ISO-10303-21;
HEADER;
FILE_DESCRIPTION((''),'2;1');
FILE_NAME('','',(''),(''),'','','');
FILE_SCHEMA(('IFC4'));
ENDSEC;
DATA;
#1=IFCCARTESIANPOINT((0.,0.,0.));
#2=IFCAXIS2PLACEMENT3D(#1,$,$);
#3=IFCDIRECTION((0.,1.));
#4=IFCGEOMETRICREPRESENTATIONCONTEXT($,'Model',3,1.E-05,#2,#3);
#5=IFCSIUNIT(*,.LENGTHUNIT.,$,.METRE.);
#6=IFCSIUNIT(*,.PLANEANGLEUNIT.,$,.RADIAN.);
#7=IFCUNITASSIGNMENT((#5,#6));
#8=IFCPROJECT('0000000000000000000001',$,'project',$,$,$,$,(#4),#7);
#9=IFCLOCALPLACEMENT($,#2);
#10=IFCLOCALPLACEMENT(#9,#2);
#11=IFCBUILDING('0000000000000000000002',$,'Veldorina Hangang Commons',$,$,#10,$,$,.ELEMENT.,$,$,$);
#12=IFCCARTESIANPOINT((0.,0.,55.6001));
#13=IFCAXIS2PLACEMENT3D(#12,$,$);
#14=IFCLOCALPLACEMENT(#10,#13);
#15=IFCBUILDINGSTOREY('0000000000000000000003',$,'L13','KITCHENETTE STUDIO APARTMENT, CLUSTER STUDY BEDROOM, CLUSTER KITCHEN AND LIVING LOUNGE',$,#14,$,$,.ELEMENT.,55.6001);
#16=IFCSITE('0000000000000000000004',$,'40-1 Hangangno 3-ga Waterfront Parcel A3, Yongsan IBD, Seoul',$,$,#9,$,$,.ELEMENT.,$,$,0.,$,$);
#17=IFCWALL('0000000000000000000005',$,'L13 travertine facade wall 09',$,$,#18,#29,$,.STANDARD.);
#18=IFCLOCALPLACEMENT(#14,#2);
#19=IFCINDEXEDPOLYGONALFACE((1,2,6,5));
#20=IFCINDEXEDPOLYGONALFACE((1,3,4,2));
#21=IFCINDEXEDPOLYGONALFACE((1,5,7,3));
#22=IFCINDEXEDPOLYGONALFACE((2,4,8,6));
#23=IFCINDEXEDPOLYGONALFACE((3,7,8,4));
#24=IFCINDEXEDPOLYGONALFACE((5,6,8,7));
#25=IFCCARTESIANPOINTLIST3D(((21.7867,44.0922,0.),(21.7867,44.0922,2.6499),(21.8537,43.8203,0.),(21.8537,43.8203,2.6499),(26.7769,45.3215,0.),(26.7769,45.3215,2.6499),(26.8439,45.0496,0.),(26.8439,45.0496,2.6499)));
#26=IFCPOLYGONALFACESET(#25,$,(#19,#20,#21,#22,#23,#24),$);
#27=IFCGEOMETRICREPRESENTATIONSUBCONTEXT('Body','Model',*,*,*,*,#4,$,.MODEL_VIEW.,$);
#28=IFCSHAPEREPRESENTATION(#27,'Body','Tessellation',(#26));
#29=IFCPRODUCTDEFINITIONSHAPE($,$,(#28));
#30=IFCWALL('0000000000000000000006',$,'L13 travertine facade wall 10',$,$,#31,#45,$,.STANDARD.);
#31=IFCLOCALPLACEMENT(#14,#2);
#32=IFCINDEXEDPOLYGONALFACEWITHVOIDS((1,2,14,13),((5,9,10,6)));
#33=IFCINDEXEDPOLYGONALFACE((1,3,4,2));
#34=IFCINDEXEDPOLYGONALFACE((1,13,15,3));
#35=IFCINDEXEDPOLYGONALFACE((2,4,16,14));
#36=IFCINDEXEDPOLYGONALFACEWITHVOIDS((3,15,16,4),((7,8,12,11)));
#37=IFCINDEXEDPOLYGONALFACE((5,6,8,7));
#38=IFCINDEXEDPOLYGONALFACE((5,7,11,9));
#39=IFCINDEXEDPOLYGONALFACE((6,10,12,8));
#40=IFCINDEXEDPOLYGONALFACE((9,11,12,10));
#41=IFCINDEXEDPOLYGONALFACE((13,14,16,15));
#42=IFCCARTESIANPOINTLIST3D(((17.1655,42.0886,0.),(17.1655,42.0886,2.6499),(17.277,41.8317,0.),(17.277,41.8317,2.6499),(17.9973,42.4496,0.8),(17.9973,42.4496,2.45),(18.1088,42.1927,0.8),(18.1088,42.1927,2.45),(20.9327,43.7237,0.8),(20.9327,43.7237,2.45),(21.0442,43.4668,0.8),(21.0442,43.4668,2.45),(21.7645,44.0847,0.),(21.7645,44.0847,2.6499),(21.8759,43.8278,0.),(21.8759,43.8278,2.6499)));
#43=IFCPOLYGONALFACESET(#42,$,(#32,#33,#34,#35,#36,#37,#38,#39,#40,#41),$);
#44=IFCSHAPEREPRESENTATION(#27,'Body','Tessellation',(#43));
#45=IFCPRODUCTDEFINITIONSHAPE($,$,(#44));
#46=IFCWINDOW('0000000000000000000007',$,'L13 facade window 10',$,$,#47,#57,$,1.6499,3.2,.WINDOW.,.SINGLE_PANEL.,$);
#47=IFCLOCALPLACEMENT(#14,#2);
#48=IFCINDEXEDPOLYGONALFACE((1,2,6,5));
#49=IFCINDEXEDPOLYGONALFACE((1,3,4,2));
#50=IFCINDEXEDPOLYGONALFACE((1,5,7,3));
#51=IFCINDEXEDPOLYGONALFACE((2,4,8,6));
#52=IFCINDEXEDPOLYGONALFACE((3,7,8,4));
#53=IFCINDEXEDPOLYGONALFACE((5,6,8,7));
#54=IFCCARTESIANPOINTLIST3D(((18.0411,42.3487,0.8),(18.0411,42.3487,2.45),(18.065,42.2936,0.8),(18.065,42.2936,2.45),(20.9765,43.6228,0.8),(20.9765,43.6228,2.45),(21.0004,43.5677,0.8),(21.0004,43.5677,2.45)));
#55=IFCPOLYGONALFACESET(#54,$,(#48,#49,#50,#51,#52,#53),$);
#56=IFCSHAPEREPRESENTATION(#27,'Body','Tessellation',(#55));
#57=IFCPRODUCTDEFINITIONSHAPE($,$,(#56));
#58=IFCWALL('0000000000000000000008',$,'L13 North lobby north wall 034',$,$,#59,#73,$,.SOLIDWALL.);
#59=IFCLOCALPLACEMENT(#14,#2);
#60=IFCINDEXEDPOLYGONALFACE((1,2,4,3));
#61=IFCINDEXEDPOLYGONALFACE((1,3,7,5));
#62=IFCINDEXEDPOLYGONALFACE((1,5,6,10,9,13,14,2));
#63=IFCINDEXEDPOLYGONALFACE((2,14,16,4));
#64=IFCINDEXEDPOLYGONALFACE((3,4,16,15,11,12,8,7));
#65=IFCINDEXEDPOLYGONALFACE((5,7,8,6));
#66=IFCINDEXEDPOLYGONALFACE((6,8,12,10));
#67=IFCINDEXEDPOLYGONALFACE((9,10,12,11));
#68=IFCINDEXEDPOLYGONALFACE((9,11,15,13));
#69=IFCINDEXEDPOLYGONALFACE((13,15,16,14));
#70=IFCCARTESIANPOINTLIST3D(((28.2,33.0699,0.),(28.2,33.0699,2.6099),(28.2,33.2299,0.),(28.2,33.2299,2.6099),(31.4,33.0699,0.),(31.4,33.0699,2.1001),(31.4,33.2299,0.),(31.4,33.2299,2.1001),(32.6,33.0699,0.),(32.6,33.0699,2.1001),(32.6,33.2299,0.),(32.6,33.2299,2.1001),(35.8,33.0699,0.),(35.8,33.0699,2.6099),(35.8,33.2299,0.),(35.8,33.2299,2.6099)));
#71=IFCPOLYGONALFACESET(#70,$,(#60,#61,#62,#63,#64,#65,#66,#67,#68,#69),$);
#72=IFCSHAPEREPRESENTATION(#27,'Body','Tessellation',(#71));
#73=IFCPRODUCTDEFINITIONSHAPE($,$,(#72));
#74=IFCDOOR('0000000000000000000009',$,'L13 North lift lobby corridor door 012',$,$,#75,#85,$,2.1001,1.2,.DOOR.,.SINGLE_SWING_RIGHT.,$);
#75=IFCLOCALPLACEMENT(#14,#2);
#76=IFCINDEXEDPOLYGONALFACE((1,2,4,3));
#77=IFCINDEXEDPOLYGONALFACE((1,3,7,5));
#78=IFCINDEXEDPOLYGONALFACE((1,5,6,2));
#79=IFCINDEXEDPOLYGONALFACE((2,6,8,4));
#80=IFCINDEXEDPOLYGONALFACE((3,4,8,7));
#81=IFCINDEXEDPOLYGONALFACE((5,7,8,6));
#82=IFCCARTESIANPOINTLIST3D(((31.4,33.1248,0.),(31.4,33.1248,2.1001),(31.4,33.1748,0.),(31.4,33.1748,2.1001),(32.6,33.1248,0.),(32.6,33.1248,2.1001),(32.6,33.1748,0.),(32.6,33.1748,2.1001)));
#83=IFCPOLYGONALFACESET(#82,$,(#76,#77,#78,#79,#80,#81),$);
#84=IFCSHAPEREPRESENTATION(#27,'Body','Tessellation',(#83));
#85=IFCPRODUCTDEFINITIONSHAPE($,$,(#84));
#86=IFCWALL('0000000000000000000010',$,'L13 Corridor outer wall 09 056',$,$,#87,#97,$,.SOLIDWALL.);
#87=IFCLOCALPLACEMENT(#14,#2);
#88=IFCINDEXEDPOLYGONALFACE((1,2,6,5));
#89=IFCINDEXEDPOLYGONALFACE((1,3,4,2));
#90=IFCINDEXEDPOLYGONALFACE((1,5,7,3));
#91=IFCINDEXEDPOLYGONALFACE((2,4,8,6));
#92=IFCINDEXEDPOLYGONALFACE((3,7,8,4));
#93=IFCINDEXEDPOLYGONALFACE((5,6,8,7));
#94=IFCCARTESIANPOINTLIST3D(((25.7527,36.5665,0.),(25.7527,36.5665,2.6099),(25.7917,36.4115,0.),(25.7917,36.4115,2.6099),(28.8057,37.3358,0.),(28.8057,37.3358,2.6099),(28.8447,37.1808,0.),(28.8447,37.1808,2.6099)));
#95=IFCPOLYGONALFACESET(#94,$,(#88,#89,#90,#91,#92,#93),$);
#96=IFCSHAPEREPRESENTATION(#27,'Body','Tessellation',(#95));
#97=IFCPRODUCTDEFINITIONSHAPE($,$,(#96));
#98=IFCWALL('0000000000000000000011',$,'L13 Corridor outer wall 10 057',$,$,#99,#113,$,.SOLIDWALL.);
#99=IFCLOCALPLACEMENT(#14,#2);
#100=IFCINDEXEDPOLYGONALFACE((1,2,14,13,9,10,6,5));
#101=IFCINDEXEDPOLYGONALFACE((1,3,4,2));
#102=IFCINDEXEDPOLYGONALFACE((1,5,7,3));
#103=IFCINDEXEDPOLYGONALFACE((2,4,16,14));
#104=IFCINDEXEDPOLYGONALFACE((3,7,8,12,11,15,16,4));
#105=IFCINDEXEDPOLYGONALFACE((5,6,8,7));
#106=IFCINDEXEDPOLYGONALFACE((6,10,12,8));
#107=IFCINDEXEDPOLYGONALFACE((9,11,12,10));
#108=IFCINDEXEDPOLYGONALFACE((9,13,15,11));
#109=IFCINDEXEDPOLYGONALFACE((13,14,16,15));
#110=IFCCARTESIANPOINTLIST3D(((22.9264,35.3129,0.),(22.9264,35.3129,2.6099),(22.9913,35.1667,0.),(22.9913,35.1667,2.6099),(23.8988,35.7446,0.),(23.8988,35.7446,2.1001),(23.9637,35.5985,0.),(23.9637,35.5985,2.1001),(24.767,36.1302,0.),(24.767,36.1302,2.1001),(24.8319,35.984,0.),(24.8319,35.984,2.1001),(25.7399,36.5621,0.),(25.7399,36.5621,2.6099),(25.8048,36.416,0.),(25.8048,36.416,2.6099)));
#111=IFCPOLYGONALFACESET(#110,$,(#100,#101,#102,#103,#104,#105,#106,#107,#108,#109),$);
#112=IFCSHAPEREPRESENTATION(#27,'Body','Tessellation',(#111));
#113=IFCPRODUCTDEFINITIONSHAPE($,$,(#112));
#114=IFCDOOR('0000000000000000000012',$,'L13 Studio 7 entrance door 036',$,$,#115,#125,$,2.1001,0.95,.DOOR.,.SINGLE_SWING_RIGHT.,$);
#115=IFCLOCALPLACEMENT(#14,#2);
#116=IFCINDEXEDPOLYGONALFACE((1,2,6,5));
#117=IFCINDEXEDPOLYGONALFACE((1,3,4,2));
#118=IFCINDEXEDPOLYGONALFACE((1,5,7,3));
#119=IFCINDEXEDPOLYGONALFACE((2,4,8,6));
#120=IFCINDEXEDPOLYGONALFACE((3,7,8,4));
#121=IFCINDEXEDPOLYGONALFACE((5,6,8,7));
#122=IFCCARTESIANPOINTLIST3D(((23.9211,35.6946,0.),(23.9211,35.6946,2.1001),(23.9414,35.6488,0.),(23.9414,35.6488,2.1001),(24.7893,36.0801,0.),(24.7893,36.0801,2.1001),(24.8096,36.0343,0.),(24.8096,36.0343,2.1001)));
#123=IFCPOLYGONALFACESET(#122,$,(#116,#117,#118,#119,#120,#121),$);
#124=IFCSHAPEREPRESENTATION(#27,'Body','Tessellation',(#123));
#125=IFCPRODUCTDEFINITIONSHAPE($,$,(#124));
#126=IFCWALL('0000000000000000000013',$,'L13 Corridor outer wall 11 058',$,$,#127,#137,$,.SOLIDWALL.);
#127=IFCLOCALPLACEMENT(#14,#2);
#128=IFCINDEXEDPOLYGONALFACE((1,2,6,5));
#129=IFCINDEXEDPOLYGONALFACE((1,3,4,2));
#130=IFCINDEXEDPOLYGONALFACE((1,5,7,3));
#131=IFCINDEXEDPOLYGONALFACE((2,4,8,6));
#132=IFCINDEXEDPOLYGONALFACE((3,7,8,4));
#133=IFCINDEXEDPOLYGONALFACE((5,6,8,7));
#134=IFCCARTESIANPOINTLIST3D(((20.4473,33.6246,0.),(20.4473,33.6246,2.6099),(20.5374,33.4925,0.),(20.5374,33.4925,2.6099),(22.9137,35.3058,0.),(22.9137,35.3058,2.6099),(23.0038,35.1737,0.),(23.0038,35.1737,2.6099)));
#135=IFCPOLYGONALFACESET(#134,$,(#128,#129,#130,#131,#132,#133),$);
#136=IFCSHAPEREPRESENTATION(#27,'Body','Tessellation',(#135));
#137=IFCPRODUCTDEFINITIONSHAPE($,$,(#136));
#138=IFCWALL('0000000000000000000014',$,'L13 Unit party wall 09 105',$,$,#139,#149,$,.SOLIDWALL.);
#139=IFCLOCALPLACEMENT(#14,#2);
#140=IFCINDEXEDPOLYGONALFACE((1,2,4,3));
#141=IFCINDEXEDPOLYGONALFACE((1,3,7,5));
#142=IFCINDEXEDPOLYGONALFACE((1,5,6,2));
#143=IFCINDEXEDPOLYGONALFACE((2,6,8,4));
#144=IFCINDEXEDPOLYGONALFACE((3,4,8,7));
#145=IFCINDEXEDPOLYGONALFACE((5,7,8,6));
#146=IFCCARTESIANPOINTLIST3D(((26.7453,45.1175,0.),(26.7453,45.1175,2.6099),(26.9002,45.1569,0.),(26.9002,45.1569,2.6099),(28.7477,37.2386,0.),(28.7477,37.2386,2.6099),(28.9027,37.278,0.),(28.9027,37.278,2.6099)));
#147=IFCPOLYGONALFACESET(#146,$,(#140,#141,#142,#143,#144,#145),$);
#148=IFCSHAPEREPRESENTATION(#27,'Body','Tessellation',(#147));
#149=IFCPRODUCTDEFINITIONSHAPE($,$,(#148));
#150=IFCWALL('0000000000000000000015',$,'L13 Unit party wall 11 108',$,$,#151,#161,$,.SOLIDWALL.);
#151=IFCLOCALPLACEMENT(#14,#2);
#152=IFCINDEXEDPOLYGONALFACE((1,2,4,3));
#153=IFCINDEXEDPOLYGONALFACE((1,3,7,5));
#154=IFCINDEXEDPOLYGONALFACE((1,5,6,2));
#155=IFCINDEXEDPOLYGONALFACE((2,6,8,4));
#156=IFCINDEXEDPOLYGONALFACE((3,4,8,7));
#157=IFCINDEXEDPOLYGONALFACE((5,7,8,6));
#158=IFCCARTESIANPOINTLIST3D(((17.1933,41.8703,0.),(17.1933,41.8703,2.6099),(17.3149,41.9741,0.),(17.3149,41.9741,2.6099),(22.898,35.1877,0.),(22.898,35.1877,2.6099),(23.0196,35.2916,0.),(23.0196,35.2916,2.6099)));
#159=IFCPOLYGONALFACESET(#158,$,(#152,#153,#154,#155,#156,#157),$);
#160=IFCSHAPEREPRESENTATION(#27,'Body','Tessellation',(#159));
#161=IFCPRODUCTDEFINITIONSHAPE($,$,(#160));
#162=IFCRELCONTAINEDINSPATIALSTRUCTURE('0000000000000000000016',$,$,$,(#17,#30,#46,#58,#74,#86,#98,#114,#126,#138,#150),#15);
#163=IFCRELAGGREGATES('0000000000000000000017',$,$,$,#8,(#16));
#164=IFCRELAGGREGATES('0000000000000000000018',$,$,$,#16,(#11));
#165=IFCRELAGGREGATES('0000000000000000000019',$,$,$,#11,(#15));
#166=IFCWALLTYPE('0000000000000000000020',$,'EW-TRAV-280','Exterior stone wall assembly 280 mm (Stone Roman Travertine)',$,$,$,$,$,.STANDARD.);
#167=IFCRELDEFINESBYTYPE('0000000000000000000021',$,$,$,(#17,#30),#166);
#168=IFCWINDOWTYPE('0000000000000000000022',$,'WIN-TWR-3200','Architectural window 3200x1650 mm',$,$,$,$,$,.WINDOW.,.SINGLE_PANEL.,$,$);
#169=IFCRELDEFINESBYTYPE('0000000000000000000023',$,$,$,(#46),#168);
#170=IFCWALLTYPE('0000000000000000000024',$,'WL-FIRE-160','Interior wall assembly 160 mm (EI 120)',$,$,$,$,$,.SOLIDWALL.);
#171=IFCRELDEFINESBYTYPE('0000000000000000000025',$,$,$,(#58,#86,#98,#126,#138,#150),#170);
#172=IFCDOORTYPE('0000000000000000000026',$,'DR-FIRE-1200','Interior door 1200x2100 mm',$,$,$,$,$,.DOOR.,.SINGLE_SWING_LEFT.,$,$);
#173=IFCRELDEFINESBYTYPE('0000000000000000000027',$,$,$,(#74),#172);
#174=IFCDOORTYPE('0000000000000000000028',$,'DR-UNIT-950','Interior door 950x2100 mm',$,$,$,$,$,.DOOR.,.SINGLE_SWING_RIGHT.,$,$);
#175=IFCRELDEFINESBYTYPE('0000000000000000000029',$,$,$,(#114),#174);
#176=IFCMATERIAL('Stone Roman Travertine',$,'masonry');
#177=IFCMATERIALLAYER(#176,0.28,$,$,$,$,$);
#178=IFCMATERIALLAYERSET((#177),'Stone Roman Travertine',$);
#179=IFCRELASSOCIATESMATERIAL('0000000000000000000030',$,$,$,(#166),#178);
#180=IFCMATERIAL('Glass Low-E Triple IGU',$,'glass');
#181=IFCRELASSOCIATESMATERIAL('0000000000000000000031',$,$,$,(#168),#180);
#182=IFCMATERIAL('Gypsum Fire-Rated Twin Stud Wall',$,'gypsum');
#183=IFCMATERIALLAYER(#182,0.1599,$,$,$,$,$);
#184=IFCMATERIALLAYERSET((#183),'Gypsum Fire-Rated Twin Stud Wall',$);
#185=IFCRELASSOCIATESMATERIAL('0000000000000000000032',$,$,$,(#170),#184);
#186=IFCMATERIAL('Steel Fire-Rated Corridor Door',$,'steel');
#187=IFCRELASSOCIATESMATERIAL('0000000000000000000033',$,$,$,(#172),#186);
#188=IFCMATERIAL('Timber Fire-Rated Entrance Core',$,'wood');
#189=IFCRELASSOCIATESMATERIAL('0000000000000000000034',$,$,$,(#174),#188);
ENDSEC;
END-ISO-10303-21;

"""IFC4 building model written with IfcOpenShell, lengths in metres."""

from ifc_helpers import new_model, si_unit, direction, frame, frame_2d, origin, place, context, subcontext, project, spatial, rectangle, extrude, material, layer, layer_set, type_object, element, fill, save


model = new_model("IFC4")

# Units and contexts
model_context = context("Model", 3, precision=1e-05, world=origin(), true_north=direction((0.0, 1.0)))
body_context = subcontext(model_context, "Body", "Model", "MODEL_VIEW")
ifc_project = project(units=[si_unit("LENGTHUNIT", "METRE"), si_unit("PLANEANGLEUNIT", "RADIAN")], contexts=[model_context])

# Site, building, storey
site_placement = place(None, origin())
site = spatial("IfcSite", under=ifc_project, at=site_placement, Name="40-1 Hangangno 3-ga Waterfront Parcel A3, Yongsan IBD, Seoul", CompositionType="ELEMENT", RefElevation=0.0)
building_placement = place(site_placement, origin())
building = spatial("IfcBuilding", under=site, at=building_placement, Name="Veldorina Hangang Commons", CompositionType="ELEMENT")
storey_placement = place(building_placement, frame((0.0, 0.0, 55.6001)))
storey = spatial("IfcBuildingStorey", under=building, at=storey_placement, Name="L13", Description="KITCHENETTE STUDIO APARTMENT, CLUSTER STUDY BEDROOM, CLUSTER KITCHEN AND LIVING LOUNGE", CompositionType="ELEMENT", Elevation=55.6001)

# Wall
ifc_material_1 = material(Name="Stone Roman Travertine", Category="masonry")
ifc_layer_1 = layer(ifc_material_1, 0.28)
ifc_layer_set_1 = layer_set([ifc_layer_1], Name="Stone Roman Travertine")
wall_type_1 = type_object("IfcWallType", Name="EW-TRAV-280", Description="Exterior stone wall assembly 280 mm (Stone Roman Travertine)", PredefinedType="STANDARD", material=ifc_layer_set_1)
wall_1_placement = place(storey_placement, frame((26.8105, 45.1855, 0.0), z_axis=(0.0, 0.0, 1.0), x_axis=(-0.970975, -0.239181, 0.0)))
element("IfcWall", 1, at=wall_1_placement, inside=storey, type_object=wall_type_1, Name="L13 travertine facade wall 09", PredefinedType="STANDARD", context=body_context, shape_type="SweptSolid", body=[
    extrude(rectangle(XDim=5.1394, YDim=0.28, at=frame_2d((2.5698, 0.0))), origin(), (0.0, 0.0, 1.0), 2.6499),
])

# Wall, opening, window
wall_2_placement = place(storey_placement, frame((21.8203, 43.9563, 0.0), z_axis=(0.0, 0.0, 1.0), x_axis=(-0.917319, -0.398153, 0.0)))
wall_2 = element("IfcWall", 2, at=wall_2_placement, inside=storey, type_object=wall_type_1, Name="L13 travertine facade wall 10", PredefinedType="STANDARD", context=body_context, shape_type="SweptSolid", body=[
    extrude(rectangle(XDim=5.0134, YDim=0.28, at=frame_2d((2.5068, 0.0))), origin(), (0.0, 0.0, 1.0), 2.6499),
])
opening_1_placement = place(wall_2_placement, frame((0.9067, 0.0, 0.8)))
opening_1 = element("IfcOpeningElement", 3, at=opening_1_placement, cuts=wall_2, PredefinedType="OPENING", context=body_context, shape_type="SweptSolid", body=[
    extrude(rectangle(XDim=3.2, YDim=1.6499, at=frame_2d((1.6001, 0.825))), frame((0.0, 0.1499, 0.0), z_axis=(0.0, -1.0, 0.0), x_axis=(1.0, 0.0, 0.0)), (0.0, 0.0, 1.0), 0.3),
])
ifc_material_2 = material(Name="Glass Low-E Triple IGU", Category="glass")
window_type = type_object("IfcWindowType", Name="WIN-TWR-3200", Description="Architectural window 3200x1650 mm", PartitioningType="SINGLE_PANEL", PredefinedType="WINDOW", material=ifc_material_2)
window_placement = place(opening_1_placement, origin())
window = element("IfcWindow", 4, at=window_placement, inside=storey, type_object=window_type, Name="L13 facade window 10", OverallHeight=1.6499, OverallWidth=3.2, PartitioningType="SINGLE_PANEL", PredefinedType="WINDOW", context=body_context, shape_type="SweptSolid", body=[
    extrude(rectangle(XDim=3.2, YDim=1.6499, at=frame_2d((1.6001, 0.825))), frame((0.0, 0.03, 0.0), z_axis=(0.0, -1.0, 0.0), x_axis=(1.0, 0.0, 0.0)), (0.0, 0.0, 1.0), 0.0601),
])
fill(opening_1, window)

# Wall, opening, door
ifc_material_3 = material(Name="Gypsum Fire-Rated Twin Stud Wall", Category="gypsum")
ifc_layer_2 = layer(ifc_material_3, 0.1599)
ifc_layer_set_2 = layer_set([ifc_layer_2], Name="Gypsum Fire-Rated Twin Stud Wall")
wall_type_2 = type_object("IfcWallType", Name="WL-FIRE-160", Description="Interior wall assembly 160 mm (EI 120)", PredefinedType="SOLIDWALL", material=ifc_layer_set_2)
wall_3_placement = place(storey_placement, frame((28.2, 33.1499, 0.0), z_axis=(0.0, 0.0, 1.0), x_axis=(1.0, 0.0, 0.0)))
wall_3 = element("IfcWall", 5, at=wall_3_placement, inside=storey, type_object=wall_type_2, Name="L13 North lobby north wall 034", PredefinedType="SOLIDWALL", context=body_context, shape_type="SweptSolid", body=[
    extrude(rectangle(XDim=7.6001, YDim=0.1599, at=frame_2d((3.8, 0.0))), origin(), (0.0, 0.0, 1.0), 2.6099),
])
opening_2_placement = place(wall_3_placement, frame((3.2, 0.0, 0.0)))
opening_2 = element("IfcOpeningElement", 6, at=opening_2_placement, cuts=wall_3, PredefinedType="OPENING", context=body_context, shape_type="SweptSolid", body=[
    extrude(rectangle(XDim=1.2, YDim=2.1001, at=frame_2d((0.6001, 1.05))), frame((0.0, 0.0898, 0.0), z_axis=(0.0, -1.0, 0.0), x_axis=(1.0, 0.0, 0.0)), (0.0, 0.0, 1.0), 0.1799),
])
ifc_material_4 = material(Name="Steel Fire-Rated Corridor Door", Category="steel")
door_type_1 = type_object("IfcDoorType", Name="DR-FIRE-1200", Description="Interior door 1200x2100 mm", OperationType="SINGLE_SWING_LEFT", PredefinedType="DOOR", material=ifc_material_4)
door_1_placement = place(opening_2_placement, origin())
door_1 = element("IfcDoor", 7, at=door_1_placement, inside=storey, type_object=door_type_1, Name="L13 North lift lobby corridor door 012", OperationType="SINGLE_SWING_RIGHT", OverallHeight=2.1001, OverallWidth=1.2, PredefinedType="DOOR", context=body_context, shape_type="SweptSolid", body=[
    extrude(rectangle(XDim=1.2, YDim=2.1001, at=frame_2d((0.6001, 1.05))), frame((0.0, 0.0249, 0.0), z_axis=(0.0, -1.0, 0.0), x_axis=(1.0, 0.0, 0.0)), (0.0, 0.0, 1.0), 0.05),
])
fill(opening_2, door_1)

# Wall
wall_4_placement = place(storey_placement, frame((28.8252, 37.2583, 0.0), z_axis=(0.0, 0.0, 1.0), x_axis=(-0.969689, -0.244342, 0.0)))
element("IfcWall", 8, at=wall_4_placement, inside=storey, type_object=wall_type_2, Name="L13 Corridor outer wall 09 056", PredefinedType="SOLIDWALL", context=body_context, shape_type="SweptSolid", body=[
    extrude(rectangle(XDim=3.1484, YDim=0.1599, at=frame_2d((1.5742, 0.0))), origin(), (0.0, 0.0, 1.0), 2.6099),
])

# Wall, opening, door
wall_5_placement = place(storey_placement, frame((25.7722, 36.489, 0.0), z_axis=(0.0, 0.0, 1.0), x_axis=(-0.913952, -0.405822, 0.0)))
wall_5 = element("IfcWall", 9, at=wall_5_placement, inside=storey, type_object=wall_type_2, Name="L13 Corridor outer wall 10 057", PredefinedType="SOLIDWALL", context=body_context, shape_type="SweptSolid", body=[
    extrude(rectangle(XDim=3.0784, YDim=0.1599, at=frame_2d((1.5391, 0.0))), origin(), (0.0, 0.0, 1.0), 2.6099),
])
opening_3_placement = place(wall_5_placement, frame((1.0642, 0.0, 0.0)))
opening_3 = element("IfcOpeningElement", 10, at=opening_3_placement, cuts=wall_5, PredefinedType="OPENING", context=body_context, shape_type="SweptSolid", body=[
    extrude(rectangle(XDim=0.95, YDim=2.1001, at=frame_2d((0.4751, 1.05))), frame((0.0, 0.0898, 0.0), z_axis=(0.0, -1.0, 0.0), x_axis=(1.0, 0.0, 0.0)), (0.0, 0.0, 1.0), 0.1799),
])
ifc_material_5 = material(Name="Timber Fire-Rated Entrance Core", Category="wood")
door_type_2 = type_object("IfcDoorType", Name="DR-UNIT-950", Description="Interior door 950x2100 mm", OperationType="SINGLE_SWING_RIGHT", PredefinedType="DOOR", material=ifc_material_5)
door_2_placement = place(opening_3_placement, origin())
door_2 = element("IfcDoor", 11, at=door_2_placement, inside=storey, type_object=door_type_2, Name="L13 Studio 7 entrance door 036", OperationType="SINGLE_SWING_RIGHT", OverallHeight=2.1001, OverallWidth=0.95, PredefinedType="DOOR", context=body_context, shape_type="SweptSolid", body=[
    extrude(rectangle(XDim=0.95, YDim=2.1001, at=frame_2d((0.4751, 1.05))), frame((0.0, 0.0249, 0.0), z_axis=(0.0, -1.0, 0.0), x_axis=(1.0, 0.0, 0.0)), (0.0, 0.0, 1.0), 0.05),
])
fill(opening_3, door_2)

# Walls
wall_6_placement = place(storey_placement, frame((22.9587, 35.2397, 0.0), z_axis=(0.0, 0.0, 1.0), x_axis=(-0.826293, -0.56324, 0.0)))
element("IfcWall", 12, at=wall_6_placement, inside=storey, type_object=wall_type_2, Name="L13 Corridor outer wall 11 058", PredefinedType="SOLIDWALL", context=body_context, shape_type="SweptSolid", body=[
    extrude(rectangle(XDim=2.9849, YDim=0.1599, at=frame_2d((1.4924, 0.0))), origin(), (0.0, 0.0, 1.0), 2.6099),
])
wall_7_placement = place(storey_placement, frame((28.8252, 37.2583, 0.0), z_axis=(0.0, 0.0, 1.0), x_axis=(-0.246321, 0.969188, 0.0)))
element("IfcWall", 13, at=wall_7_placement, inside=storey, type_object=wall_type_2, Name="L13 Unit party wall 09 105", PredefinedType="SOLIDWALL", context=body_context, shape_type="SweptSolid", body=[
    extrude(rectangle(XDim=8.1294, YDim=0.1599, at=frame_2d((4.0647, 0.0))), origin(), (0.0, 0.0, 1.0), 2.6099),
])
wall_8_placement = place(storey_placement, frame((22.9587, 35.2397, 0.0), z_axis=(0.0, 0.0, 1.0), x_axis=(-0.649273, 0.760555, 0.0)))
element("IfcWall", 14, at=wall_8_placement, inside=storey, type_object=wall_type_2, Name="L13 Unit party wall 11 108", PredefinedType="SOLIDWALL", context=body_context, shape_type="SweptSolid", body=[
    extrude(rectangle(XDim=8.7864, YDim=0.1599, at=frame_2d((4.3931, 0.0))), origin(), (0.0, 0.0, 1.0), 2.6099),
])

save(model, "model.ifc")
